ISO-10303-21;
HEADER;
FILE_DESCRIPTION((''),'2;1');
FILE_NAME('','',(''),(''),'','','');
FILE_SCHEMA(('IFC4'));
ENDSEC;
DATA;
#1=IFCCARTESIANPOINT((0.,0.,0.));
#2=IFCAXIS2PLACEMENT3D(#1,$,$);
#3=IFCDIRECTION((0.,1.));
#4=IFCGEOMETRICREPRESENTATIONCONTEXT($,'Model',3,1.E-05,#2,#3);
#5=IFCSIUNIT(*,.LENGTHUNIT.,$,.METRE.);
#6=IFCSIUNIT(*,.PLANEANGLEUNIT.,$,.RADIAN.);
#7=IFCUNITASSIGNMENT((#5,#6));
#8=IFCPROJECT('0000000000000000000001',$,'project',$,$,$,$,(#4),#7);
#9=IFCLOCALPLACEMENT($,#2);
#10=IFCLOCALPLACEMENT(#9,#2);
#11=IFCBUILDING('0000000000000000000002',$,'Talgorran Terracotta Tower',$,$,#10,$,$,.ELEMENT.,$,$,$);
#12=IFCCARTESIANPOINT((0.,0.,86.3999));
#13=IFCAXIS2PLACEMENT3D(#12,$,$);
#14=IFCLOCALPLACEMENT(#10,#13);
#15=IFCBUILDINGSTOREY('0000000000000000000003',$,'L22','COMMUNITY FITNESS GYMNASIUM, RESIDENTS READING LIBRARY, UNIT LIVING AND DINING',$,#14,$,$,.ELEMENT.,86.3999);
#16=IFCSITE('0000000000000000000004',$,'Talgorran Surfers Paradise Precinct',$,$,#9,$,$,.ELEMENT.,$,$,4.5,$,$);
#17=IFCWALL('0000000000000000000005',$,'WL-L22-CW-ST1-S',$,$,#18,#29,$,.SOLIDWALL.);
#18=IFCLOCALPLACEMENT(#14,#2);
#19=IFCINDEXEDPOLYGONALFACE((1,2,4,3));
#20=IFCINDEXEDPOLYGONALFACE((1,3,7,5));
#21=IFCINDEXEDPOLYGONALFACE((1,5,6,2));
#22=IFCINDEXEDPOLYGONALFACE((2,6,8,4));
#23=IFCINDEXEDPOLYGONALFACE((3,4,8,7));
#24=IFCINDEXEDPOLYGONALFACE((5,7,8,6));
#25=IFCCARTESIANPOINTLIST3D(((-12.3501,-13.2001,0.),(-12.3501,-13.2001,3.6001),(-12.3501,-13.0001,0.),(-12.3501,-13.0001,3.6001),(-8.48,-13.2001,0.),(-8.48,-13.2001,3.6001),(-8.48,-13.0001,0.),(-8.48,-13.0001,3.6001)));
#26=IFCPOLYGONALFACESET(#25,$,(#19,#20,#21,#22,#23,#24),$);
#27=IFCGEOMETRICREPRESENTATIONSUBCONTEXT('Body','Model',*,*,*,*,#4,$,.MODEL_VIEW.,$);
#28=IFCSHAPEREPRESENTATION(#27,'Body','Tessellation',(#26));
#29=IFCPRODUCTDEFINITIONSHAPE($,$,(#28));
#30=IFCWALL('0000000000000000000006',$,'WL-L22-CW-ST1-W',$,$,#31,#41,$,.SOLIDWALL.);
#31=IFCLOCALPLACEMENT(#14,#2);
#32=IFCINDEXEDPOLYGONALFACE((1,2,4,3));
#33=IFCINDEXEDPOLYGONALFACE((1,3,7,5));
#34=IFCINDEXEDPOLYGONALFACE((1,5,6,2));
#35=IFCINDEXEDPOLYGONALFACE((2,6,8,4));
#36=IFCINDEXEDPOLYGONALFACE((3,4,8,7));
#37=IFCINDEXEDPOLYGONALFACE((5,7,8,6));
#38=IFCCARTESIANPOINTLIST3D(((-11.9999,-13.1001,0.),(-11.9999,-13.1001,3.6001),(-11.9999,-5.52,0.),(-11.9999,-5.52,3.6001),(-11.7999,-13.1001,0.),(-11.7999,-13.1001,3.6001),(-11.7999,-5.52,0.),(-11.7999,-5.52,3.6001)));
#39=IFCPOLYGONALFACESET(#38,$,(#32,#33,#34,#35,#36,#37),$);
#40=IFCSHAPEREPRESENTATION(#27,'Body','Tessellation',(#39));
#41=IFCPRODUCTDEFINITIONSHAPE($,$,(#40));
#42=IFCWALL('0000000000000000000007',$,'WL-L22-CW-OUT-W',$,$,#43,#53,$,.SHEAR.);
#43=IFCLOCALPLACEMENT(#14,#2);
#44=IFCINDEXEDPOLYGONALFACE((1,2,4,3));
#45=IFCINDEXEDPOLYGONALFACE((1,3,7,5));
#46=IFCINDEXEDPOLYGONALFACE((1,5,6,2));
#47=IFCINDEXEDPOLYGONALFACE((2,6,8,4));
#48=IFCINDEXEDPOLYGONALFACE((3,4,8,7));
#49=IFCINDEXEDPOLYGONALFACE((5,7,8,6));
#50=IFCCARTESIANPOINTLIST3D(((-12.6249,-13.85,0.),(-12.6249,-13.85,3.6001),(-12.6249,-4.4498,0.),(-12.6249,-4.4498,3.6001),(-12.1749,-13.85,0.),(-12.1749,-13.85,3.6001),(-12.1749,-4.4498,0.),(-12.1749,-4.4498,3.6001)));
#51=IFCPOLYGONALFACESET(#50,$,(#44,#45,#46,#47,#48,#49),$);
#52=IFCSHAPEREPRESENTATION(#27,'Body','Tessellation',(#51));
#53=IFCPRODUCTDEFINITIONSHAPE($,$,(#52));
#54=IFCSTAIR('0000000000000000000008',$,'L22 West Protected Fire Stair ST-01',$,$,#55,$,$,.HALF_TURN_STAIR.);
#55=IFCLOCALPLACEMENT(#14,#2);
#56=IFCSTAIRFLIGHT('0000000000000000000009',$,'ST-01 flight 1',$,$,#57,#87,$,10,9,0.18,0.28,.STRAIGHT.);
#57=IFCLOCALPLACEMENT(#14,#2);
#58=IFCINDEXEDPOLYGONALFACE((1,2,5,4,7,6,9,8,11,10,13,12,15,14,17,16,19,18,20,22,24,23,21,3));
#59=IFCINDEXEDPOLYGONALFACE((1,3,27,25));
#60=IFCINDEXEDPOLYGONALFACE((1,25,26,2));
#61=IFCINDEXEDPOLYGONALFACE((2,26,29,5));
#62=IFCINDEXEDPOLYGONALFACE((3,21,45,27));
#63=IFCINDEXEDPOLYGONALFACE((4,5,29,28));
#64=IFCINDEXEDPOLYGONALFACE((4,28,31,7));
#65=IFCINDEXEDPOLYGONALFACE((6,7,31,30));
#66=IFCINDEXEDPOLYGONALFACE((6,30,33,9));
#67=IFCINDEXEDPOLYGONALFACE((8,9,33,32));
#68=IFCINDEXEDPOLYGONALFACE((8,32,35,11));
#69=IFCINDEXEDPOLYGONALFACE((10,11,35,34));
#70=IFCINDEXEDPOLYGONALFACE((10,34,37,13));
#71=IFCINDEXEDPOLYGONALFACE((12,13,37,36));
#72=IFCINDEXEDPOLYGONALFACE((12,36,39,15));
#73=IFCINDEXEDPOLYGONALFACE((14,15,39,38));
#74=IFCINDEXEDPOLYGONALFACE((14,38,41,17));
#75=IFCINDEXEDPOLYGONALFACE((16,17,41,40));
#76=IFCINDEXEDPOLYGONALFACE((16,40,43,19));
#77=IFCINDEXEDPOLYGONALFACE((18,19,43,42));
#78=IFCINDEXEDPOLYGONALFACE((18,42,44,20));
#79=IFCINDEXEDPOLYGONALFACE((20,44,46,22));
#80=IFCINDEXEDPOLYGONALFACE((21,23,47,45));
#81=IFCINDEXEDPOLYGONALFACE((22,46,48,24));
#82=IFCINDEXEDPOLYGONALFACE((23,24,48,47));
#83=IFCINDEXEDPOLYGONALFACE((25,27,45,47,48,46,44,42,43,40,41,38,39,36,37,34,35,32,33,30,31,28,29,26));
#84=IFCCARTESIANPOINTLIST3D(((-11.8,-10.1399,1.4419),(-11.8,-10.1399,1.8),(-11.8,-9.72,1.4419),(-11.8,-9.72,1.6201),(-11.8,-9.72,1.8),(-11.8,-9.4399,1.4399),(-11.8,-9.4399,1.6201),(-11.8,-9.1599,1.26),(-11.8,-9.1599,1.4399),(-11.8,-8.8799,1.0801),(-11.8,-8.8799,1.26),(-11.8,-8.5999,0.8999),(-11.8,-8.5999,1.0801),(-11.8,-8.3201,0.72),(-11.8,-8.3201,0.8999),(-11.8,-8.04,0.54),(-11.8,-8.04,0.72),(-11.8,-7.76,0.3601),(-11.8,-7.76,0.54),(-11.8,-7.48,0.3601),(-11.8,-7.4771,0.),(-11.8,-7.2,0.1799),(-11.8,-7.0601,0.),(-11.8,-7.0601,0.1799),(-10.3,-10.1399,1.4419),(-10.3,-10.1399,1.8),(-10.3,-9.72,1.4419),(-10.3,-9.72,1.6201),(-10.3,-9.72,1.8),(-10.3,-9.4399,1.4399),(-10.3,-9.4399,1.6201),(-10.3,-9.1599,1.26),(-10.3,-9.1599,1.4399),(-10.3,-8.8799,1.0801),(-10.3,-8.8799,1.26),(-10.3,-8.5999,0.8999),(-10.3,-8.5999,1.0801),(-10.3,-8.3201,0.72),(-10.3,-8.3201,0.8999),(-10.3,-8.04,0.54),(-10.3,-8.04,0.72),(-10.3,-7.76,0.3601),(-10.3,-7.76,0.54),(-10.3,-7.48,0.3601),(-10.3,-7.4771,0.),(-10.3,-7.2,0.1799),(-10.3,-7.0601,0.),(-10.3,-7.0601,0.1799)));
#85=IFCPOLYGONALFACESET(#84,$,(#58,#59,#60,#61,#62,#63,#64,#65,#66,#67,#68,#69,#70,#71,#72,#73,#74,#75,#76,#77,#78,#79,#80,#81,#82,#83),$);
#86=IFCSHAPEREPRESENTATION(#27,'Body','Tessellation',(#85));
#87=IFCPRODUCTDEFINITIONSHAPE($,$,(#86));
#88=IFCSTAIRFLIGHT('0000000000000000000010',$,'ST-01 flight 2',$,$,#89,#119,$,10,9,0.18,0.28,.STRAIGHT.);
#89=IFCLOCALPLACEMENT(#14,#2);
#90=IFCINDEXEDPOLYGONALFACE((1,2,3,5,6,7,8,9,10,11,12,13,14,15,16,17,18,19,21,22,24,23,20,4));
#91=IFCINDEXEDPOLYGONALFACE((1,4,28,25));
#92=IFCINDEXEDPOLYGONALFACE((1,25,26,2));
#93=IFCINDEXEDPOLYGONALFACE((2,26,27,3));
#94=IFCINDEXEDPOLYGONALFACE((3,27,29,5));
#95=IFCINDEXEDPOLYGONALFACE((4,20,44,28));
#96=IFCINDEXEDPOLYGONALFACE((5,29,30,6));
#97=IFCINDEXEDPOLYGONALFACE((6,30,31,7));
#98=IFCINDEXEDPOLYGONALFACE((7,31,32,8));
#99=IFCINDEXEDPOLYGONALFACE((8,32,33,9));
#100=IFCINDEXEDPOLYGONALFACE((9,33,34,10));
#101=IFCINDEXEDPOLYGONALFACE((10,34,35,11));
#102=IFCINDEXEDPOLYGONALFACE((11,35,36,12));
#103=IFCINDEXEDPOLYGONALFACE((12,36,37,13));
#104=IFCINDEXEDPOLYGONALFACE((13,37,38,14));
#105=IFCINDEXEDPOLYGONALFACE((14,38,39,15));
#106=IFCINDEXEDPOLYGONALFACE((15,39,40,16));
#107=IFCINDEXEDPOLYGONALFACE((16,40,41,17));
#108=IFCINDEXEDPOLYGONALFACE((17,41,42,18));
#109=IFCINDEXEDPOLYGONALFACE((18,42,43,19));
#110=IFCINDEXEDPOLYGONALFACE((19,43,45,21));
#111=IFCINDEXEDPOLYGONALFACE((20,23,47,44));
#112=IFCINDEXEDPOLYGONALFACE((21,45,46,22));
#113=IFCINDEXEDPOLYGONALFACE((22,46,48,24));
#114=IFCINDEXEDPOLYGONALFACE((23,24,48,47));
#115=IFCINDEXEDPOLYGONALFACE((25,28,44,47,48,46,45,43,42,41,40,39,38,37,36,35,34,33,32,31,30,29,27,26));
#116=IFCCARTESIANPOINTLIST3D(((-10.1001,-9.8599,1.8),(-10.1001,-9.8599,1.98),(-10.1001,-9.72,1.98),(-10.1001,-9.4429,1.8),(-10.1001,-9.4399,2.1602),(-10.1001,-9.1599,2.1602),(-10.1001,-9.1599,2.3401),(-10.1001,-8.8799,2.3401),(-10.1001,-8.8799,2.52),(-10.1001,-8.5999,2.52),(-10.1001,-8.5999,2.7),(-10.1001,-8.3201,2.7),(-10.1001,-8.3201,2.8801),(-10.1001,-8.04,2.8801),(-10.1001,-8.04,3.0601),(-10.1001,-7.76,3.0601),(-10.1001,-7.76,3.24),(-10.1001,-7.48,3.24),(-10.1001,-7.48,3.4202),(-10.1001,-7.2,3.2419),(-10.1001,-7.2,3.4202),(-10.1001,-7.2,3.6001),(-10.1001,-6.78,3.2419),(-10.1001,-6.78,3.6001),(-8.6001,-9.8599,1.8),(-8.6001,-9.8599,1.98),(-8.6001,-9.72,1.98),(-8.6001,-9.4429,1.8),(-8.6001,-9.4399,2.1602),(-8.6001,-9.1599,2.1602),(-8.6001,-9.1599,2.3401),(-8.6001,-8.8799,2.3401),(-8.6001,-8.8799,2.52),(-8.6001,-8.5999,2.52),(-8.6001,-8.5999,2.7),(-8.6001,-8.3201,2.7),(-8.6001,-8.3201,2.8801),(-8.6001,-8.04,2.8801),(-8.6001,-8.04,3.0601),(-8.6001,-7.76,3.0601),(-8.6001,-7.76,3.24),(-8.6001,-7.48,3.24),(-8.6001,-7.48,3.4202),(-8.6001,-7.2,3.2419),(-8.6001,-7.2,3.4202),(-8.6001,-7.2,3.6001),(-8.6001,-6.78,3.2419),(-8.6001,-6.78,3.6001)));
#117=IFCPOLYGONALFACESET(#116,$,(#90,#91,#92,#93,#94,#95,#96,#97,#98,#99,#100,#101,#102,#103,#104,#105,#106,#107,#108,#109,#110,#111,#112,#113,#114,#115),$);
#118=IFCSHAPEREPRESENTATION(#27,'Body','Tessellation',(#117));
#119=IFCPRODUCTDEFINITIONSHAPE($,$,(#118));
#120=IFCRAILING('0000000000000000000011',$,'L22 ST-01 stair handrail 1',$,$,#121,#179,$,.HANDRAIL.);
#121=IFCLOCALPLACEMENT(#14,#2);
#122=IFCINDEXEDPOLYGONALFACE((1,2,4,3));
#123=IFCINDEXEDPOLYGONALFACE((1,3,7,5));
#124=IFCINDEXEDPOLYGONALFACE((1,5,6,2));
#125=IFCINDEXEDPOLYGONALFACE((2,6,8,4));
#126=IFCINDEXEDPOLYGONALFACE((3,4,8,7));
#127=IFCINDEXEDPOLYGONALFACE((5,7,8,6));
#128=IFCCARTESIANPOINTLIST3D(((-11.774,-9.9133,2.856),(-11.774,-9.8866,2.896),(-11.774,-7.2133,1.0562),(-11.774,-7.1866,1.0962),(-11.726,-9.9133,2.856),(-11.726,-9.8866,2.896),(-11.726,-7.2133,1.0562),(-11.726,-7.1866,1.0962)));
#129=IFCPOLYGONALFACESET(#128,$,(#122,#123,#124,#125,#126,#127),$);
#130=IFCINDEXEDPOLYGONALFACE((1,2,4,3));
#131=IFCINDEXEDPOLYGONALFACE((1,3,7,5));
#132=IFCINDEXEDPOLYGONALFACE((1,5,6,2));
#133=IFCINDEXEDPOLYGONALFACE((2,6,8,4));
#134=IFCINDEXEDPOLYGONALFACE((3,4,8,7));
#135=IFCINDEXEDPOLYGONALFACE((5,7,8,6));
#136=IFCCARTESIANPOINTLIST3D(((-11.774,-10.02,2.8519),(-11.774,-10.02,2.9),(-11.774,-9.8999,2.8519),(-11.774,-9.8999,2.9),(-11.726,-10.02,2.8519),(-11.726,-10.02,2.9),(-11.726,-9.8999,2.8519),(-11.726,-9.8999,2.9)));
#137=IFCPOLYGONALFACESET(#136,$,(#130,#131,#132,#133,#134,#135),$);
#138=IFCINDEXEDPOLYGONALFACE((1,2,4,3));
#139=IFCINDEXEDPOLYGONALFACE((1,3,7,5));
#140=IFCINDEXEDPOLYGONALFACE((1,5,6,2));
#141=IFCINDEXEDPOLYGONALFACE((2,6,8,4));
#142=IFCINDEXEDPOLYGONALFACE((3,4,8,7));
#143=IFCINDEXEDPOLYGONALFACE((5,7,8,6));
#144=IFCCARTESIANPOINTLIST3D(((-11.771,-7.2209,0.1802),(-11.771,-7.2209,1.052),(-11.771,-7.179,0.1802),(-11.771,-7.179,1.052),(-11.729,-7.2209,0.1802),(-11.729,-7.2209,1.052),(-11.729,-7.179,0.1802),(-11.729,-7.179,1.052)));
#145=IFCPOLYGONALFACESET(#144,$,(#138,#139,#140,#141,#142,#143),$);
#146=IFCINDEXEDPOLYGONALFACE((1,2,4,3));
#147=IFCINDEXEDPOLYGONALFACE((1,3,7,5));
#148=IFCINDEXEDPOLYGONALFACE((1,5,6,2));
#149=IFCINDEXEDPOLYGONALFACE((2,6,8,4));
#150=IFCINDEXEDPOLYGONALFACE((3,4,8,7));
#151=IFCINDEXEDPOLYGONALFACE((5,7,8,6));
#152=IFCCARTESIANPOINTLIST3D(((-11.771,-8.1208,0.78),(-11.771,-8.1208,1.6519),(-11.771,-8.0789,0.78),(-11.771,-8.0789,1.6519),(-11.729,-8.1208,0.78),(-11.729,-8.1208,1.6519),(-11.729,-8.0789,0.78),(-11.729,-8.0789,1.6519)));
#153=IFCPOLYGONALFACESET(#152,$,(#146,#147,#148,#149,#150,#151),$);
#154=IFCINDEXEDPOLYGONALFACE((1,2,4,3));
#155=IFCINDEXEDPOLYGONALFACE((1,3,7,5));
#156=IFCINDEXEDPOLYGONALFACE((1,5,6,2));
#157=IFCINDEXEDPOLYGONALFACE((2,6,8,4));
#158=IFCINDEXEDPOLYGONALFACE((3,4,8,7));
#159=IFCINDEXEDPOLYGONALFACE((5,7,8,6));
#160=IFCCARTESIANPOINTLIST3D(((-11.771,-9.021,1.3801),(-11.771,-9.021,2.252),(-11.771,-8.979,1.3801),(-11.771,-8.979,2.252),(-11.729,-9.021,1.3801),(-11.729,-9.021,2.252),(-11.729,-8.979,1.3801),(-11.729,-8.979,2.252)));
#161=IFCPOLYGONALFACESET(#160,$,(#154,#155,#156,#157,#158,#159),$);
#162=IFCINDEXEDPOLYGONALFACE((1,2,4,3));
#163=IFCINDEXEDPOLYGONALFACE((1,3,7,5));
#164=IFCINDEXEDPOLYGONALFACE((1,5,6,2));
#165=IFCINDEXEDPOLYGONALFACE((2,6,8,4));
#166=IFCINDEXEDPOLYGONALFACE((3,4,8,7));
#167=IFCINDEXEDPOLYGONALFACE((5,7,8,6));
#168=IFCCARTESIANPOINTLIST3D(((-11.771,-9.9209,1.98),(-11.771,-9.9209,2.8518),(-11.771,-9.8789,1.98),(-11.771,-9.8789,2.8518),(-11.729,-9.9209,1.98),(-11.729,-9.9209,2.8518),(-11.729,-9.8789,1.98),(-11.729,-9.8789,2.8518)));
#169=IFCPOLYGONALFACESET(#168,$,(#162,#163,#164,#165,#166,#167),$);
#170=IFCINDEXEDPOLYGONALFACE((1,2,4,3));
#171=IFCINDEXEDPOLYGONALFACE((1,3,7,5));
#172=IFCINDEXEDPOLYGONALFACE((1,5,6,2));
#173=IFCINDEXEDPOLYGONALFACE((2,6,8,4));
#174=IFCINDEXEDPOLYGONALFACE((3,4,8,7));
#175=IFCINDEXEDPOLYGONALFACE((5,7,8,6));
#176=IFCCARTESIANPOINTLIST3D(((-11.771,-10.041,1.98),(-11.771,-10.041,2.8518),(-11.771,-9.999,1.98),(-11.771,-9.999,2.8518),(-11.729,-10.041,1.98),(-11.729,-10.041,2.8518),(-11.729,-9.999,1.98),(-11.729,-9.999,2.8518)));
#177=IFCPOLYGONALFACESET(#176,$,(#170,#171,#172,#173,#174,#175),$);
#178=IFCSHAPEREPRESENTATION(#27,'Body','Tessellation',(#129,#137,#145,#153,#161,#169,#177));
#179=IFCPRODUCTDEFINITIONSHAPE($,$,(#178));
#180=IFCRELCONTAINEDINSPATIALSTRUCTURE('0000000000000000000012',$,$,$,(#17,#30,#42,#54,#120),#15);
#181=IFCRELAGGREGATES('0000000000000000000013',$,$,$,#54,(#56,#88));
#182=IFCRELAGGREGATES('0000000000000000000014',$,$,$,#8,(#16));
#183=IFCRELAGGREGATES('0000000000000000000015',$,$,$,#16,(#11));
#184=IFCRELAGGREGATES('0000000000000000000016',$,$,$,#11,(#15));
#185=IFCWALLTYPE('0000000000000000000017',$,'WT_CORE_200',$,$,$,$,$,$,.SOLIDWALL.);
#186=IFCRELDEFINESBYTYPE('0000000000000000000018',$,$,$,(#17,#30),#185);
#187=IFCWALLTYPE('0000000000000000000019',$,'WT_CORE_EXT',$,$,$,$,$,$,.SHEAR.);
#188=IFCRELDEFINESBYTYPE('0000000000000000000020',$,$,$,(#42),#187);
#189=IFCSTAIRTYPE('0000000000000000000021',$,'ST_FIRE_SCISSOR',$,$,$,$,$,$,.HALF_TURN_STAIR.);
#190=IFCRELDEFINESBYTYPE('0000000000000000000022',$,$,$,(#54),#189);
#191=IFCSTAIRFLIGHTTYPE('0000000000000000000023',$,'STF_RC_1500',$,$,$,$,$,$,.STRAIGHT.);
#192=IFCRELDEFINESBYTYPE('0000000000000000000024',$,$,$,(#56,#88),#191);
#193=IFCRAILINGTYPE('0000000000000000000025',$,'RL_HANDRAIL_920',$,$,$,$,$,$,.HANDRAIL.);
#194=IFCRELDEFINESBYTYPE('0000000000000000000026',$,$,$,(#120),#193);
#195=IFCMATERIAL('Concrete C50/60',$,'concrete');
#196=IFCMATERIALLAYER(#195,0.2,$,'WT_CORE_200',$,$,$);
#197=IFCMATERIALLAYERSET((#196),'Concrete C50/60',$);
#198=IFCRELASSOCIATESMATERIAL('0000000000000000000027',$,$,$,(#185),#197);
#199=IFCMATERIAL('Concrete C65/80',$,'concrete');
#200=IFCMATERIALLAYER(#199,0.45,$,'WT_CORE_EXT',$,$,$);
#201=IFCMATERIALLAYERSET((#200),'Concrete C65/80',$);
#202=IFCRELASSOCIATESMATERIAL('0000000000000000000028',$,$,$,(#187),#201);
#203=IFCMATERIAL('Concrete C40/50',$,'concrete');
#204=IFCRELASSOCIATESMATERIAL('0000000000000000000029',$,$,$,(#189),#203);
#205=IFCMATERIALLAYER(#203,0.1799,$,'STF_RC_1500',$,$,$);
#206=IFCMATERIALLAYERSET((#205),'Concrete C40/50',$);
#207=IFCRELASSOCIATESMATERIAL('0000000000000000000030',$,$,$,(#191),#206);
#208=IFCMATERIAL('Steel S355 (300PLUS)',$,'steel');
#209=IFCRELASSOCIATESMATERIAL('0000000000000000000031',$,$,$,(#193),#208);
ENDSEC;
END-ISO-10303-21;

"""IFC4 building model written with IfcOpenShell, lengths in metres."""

from ifc_helpers import new_model, si_unit, direction, frame, frame_2d, origin, origin_2d, place, context, subcontext, project, spatial, polyline, rectangle, outline, extrude, material, layer, layer_set, type_object, element, aggregate, save


model = new_model("IFC4")

# Units and contexts
model_context = context("Model", 3, precision=1e-05, world=origin(), true_north=direction((0.0, 1.0)))
body_context = subcontext(model_context, "Body", "Model", "MODEL_VIEW")
ifc_project = project(units=[si_unit("LENGTHUNIT", "METRE"), si_unit("PLANEANGLEUNIT", "RADIAN")], contexts=[model_context])

# Site, building, storey
site_placement = place(None, origin())
site = spatial("IfcSite", under=ifc_project, at=site_placement, Name="Talgorran Surfers Paradise Precinct", CompositionType="ELEMENT", RefElevation=4.5)
building_placement = place(site_placement, origin())
building = spatial("IfcBuilding", under=site, at=building_placement, Name="Talgorran Terracotta Tower", CompositionType="ELEMENT")
storey_placement = place(building_placement, frame((0.0, 0.0, 86.3999)))
storey = spatial("IfcBuildingStorey", under=building, at=storey_placement, Name="L22", Description="COMMUNITY FITNESS GYMNASIUM, RESIDENTS READING LIBRARY, UNIT LIVING AND DINING", CompositionType="ELEMENT", Elevation=86.3999)

# Shared definitions
ifc_material_1 = material(Name="Steel S355 (300PLUS)", Category="steel")

# Walls
ifc_material_2 = material(Name="Concrete C50/60", Category="concrete")
ifc_layer_1 = layer(ifc_material_2, 0.2, Name="WT_CORE_200")
ifc_layer_set_1 = layer_set([ifc_layer_1], Name="Concrete C50/60")
wall_type_1 = type_object("IfcWallType", Name="WT_CORE_200", PredefinedType="SOLIDWALL", material=ifc_layer_set_1)
wall_1_placement = place(storey_placement, frame((-12.3501, -13.1001, 0.0), z_axis=(0.0, 0.0, 1.0), x_axis=(1.0, 0.0, 0.0)))
element("IfcWall", 1, at=wall_1_placement, inside=storey, type_object=wall_type_1, Name="WL-L22-CW-ST1-S", PredefinedType="SOLIDWALL", context=body_context, shape_type="SweptSolid", body=[
    extrude(rectangle(XDim=3.8701, YDim=0.2, at=frame_2d((1.9351, 0.0))), origin(), (0.0, 0.0, 1.0), 3.6001),
])
wall_2_placement = place(storey_placement, frame((-11.8999, -13.1001, 0.0), z_axis=(0.0, 0.0, 1.0), x_axis=(0.0, 1.0, 0.0)))
element("IfcWall", 2, at=wall_2_placement, inside=storey, type_object=wall_type_1, Name="WL-L22-CW-ST1-W", PredefinedType="SOLIDWALL", context=body_context, shape_type="SweptSolid", body=[
    extrude(rectangle(XDim=7.5801, YDim=0.2, at=frame_2d((3.79, 0.0))), origin(), (0.0, 0.0, 1.0), 3.6001),
])
ifc_material_3 = material(Name="Concrete C65/80", Category="concrete")
ifc_layer_2 = layer(ifc_material_3, 0.45, Name="WT_CORE_EXT")
ifc_layer_set_2 = layer_set([ifc_layer_2], Name="Concrete C65/80")
wall_type_2 = type_object("IfcWallType", Name="WT_CORE_EXT", PredefinedType="SHEAR", material=ifc_layer_set_2)
wall_3_placement = place(storey_placement, frame((-12.3999, -13.8501, 0.0), z_axis=(0.0, 0.0, 1.0), x_axis=(0.0, 1.0, 0.0)))
element("IfcWall", 3, at=wall_3_placement, inside=storey, type_object=wall_type_2, Name="WL-L22-CW-OUT-W", PredefinedType="SHEAR", context=body_context, shape_type="SweptSolid", body=[
    extrude(rectangle(XDim=9.4001, YDim=0.45, at=frame_2d((4.7002, 0.0))), origin(), (0.0, 0.0, 1.0), 3.6001),
])

# Stair, stair flights
ifc_material_4 = material(Name="Concrete C40/50", Category="concrete")
stair_type = type_object("IfcStairType", Name="ST_FIRE_SCISSOR", PredefinedType="HALF_TURN_STAIR", material=ifc_material_4)
stair_placement = place(storey_placement, origin())
stair = element("IfcStair", 4, at=stair_placement, inside=storey, type_object=stair_type, Name="L22 West Protected Fire Stair ST-01", PredefinedType="HALF_TURN_STAIR")
ifc_layer_3 = layer(ifc_material_4, 0.1799, Name="STF_RC_1500")
ifc_layer_set_3 = layer_set([ifc_layer_3], Name="Concrete C40/50")
stair_flight_type = type_object("IfcStairFlightType", Name="STF_RC_1500", PredefinedType="STRAIGHT", material=ifc_layer_set_3)
stair_flight_1_placement = place(storey_placement, frame((-11.05, -7.2, 0.0), z_axis=(0.0, 0.0, 1.0), x_axis=(0.0, -1.0, 0.0)))
stair_flight_1 = element("IfcStairFlight", 5, at=stair_flight_1_placement, type_object=stair_flight_type, Name="ST-01 flight 1", NumberOfRisers=10, NumberOfTreads=9, PredefinedType="STRAIGHT", RiserHeight=0.18, TreadLength=0.28, context=body_context, shape_type="SweptSolid", body=[
    extrude(outline(polyline([(-0.1399, 0.0), (-0.1399, 0.1799), (0.0, 0.1799), (0.28, 0.3601), (0.5601, 0.3601), (0.5601, 0.54), (0.8401, 0.54), (0.8401, 0.72), (1.1201, 0.72), (1.1201, 0.8999), (1.3999, 0.8999), (1.3999, 1.0801), (1.6799, 1.0801), (1.6799, 1.26), (1.96, 1.26), (1.96, 1.4399), (2.24, 1.4399), (2.24, 1.6201), (2.52, 1.6201), (2.52, 1.8), (2.9399, 1.8), (2.9399, 1.4419), (2.52, 1.4419), (0.2771, 0.0), (-0.1399, 0.0)])), frame((0.0, 0.75, 0.0), z_axis=(0.0, -1.0, 0.0), x_axis=(1.0, 0.0, 0.0)), (0.0, 0.0, 1.0), 1.5),
])
stair_flight_2_placement = place(storey_placement, frame((-9.3501, -9.72, 1.8), z_axis=(0.0, 0.0, 1.0), x_axis=(0.0, 1.0, 0.0)))
stair_flight_2 = element("IfcStairFlight", 6, at=stair_flight_2_placement, type_object=stair_flight_type, Name="ST-01 flight 2", NumberOfRisers=10, NumberOfTreads=9, PredefinedType="STRAIGHT", RiserHeight=0.18, TreadLength=0.28, context=body_context, shape_type="SweptSolid", body=[
    extrude(outline(polyline([(-0.1399, 0.0), (-0.1399, 0.1799), (0.0, 0.1799), (0.28, 0.3601), (0.5601, 0.3601), (0.5601, 0.54), (0.8401, 0.54), (0.8401, 0.72), (1.1201, 0.72), (1.1201, 0.8999), (1.3999, 0.8999), (1.3999, 1.0801), (1.6799, 1.0801), (1.6799, 1.26), (1.96, 1.26), (1.96, 1.4399), (2.24, 1.4399), (2.24, 1.6201), (2.52, 1.6201), (2.52, 1.8), (2.9399, 1.8), (2.9399, 1.4419), (2.52, 1.4419), (0.2771, 0.0), (-0.1399, 0.0)])), frame((0.0, 0.75, 0.0), z_axis=(0.0, -1.0, 0.0), x_axis=(1.0, 0.0, 0.0)), (0.0, 0.0, 1.0), 1.5),
])
aggregate(stair, [stair_flight_1, stair_flight_2])

# Railing
railing_type_1 = type_object("IfcRailingType", Name="RL_HANDRAIL_920", PredefinedType="HANDRAIL", material=ifc_material_1)
railing_1_placement = place(storey_placement, frame((-11.75, -7.2, 0.1802)))
element("IfcRailing", 7, at=railing_1_placement, inside=storey, type_object=railing_type_1, Name="L22 ST-01 stair handrail 1", PredefinedType="HANDRAIL", context=body_context, shape_type="SweptSolid", body=[
    extrude(rectangle(XDim=0.0481, YDim=0.0481, at=origin_2d()), frame((0.0, 0.0, 0.896), z_axis=(0.0, -0.832073, 0.554665), x_axis=(1.0, 0.0, 0.0)), (0.0, 0.0, 1.0), 3.2449),
    extrude(rectangle(XDim=0.0481, YDim=0.0481, at=origin_2d()), frame((0.0, -2.7, 2.6958), z_axis=(0.0, -1.0, 0.0), x_axis=(1.0, 0.0, 0.0)), (0.0, 0.0, 1.0), 0.1201),
    extrude(rectangle(XDim=0.042, YDim=0.042, at=origin_2d()), origin(), (0.0, 0.0, 1.0), 0.8718),
    extrude(rectangle(XDim=0.042, YDim=0.042, at=origin_2d()), frame((0.0, -0.8999, 0.5999)), (0.0, 0.0, 1.0), 0.8718),
    extrude(rectangle(XDim=0.042, YDim=0.042, at=origin_2d()), frame((0.0, -1.8, 1.2)), (0.0, 0.0, 1.0), 0.8718),
    extrude(rectangle(XDim=0.042, YDim=0.042, at=origin_2d()), frame((0.0, -2.7, 1.7998)), (0.0, 0.0, 1.0), 0.8718),
    extrude(rectangle(XDim=0.042, YDim=0.042, at=origin_2d()), frame((0.0, -2.8201, 1.7998)), (0.0, 0.0, 1.0), 0.8718),
])

save(model, "model.ifc")
